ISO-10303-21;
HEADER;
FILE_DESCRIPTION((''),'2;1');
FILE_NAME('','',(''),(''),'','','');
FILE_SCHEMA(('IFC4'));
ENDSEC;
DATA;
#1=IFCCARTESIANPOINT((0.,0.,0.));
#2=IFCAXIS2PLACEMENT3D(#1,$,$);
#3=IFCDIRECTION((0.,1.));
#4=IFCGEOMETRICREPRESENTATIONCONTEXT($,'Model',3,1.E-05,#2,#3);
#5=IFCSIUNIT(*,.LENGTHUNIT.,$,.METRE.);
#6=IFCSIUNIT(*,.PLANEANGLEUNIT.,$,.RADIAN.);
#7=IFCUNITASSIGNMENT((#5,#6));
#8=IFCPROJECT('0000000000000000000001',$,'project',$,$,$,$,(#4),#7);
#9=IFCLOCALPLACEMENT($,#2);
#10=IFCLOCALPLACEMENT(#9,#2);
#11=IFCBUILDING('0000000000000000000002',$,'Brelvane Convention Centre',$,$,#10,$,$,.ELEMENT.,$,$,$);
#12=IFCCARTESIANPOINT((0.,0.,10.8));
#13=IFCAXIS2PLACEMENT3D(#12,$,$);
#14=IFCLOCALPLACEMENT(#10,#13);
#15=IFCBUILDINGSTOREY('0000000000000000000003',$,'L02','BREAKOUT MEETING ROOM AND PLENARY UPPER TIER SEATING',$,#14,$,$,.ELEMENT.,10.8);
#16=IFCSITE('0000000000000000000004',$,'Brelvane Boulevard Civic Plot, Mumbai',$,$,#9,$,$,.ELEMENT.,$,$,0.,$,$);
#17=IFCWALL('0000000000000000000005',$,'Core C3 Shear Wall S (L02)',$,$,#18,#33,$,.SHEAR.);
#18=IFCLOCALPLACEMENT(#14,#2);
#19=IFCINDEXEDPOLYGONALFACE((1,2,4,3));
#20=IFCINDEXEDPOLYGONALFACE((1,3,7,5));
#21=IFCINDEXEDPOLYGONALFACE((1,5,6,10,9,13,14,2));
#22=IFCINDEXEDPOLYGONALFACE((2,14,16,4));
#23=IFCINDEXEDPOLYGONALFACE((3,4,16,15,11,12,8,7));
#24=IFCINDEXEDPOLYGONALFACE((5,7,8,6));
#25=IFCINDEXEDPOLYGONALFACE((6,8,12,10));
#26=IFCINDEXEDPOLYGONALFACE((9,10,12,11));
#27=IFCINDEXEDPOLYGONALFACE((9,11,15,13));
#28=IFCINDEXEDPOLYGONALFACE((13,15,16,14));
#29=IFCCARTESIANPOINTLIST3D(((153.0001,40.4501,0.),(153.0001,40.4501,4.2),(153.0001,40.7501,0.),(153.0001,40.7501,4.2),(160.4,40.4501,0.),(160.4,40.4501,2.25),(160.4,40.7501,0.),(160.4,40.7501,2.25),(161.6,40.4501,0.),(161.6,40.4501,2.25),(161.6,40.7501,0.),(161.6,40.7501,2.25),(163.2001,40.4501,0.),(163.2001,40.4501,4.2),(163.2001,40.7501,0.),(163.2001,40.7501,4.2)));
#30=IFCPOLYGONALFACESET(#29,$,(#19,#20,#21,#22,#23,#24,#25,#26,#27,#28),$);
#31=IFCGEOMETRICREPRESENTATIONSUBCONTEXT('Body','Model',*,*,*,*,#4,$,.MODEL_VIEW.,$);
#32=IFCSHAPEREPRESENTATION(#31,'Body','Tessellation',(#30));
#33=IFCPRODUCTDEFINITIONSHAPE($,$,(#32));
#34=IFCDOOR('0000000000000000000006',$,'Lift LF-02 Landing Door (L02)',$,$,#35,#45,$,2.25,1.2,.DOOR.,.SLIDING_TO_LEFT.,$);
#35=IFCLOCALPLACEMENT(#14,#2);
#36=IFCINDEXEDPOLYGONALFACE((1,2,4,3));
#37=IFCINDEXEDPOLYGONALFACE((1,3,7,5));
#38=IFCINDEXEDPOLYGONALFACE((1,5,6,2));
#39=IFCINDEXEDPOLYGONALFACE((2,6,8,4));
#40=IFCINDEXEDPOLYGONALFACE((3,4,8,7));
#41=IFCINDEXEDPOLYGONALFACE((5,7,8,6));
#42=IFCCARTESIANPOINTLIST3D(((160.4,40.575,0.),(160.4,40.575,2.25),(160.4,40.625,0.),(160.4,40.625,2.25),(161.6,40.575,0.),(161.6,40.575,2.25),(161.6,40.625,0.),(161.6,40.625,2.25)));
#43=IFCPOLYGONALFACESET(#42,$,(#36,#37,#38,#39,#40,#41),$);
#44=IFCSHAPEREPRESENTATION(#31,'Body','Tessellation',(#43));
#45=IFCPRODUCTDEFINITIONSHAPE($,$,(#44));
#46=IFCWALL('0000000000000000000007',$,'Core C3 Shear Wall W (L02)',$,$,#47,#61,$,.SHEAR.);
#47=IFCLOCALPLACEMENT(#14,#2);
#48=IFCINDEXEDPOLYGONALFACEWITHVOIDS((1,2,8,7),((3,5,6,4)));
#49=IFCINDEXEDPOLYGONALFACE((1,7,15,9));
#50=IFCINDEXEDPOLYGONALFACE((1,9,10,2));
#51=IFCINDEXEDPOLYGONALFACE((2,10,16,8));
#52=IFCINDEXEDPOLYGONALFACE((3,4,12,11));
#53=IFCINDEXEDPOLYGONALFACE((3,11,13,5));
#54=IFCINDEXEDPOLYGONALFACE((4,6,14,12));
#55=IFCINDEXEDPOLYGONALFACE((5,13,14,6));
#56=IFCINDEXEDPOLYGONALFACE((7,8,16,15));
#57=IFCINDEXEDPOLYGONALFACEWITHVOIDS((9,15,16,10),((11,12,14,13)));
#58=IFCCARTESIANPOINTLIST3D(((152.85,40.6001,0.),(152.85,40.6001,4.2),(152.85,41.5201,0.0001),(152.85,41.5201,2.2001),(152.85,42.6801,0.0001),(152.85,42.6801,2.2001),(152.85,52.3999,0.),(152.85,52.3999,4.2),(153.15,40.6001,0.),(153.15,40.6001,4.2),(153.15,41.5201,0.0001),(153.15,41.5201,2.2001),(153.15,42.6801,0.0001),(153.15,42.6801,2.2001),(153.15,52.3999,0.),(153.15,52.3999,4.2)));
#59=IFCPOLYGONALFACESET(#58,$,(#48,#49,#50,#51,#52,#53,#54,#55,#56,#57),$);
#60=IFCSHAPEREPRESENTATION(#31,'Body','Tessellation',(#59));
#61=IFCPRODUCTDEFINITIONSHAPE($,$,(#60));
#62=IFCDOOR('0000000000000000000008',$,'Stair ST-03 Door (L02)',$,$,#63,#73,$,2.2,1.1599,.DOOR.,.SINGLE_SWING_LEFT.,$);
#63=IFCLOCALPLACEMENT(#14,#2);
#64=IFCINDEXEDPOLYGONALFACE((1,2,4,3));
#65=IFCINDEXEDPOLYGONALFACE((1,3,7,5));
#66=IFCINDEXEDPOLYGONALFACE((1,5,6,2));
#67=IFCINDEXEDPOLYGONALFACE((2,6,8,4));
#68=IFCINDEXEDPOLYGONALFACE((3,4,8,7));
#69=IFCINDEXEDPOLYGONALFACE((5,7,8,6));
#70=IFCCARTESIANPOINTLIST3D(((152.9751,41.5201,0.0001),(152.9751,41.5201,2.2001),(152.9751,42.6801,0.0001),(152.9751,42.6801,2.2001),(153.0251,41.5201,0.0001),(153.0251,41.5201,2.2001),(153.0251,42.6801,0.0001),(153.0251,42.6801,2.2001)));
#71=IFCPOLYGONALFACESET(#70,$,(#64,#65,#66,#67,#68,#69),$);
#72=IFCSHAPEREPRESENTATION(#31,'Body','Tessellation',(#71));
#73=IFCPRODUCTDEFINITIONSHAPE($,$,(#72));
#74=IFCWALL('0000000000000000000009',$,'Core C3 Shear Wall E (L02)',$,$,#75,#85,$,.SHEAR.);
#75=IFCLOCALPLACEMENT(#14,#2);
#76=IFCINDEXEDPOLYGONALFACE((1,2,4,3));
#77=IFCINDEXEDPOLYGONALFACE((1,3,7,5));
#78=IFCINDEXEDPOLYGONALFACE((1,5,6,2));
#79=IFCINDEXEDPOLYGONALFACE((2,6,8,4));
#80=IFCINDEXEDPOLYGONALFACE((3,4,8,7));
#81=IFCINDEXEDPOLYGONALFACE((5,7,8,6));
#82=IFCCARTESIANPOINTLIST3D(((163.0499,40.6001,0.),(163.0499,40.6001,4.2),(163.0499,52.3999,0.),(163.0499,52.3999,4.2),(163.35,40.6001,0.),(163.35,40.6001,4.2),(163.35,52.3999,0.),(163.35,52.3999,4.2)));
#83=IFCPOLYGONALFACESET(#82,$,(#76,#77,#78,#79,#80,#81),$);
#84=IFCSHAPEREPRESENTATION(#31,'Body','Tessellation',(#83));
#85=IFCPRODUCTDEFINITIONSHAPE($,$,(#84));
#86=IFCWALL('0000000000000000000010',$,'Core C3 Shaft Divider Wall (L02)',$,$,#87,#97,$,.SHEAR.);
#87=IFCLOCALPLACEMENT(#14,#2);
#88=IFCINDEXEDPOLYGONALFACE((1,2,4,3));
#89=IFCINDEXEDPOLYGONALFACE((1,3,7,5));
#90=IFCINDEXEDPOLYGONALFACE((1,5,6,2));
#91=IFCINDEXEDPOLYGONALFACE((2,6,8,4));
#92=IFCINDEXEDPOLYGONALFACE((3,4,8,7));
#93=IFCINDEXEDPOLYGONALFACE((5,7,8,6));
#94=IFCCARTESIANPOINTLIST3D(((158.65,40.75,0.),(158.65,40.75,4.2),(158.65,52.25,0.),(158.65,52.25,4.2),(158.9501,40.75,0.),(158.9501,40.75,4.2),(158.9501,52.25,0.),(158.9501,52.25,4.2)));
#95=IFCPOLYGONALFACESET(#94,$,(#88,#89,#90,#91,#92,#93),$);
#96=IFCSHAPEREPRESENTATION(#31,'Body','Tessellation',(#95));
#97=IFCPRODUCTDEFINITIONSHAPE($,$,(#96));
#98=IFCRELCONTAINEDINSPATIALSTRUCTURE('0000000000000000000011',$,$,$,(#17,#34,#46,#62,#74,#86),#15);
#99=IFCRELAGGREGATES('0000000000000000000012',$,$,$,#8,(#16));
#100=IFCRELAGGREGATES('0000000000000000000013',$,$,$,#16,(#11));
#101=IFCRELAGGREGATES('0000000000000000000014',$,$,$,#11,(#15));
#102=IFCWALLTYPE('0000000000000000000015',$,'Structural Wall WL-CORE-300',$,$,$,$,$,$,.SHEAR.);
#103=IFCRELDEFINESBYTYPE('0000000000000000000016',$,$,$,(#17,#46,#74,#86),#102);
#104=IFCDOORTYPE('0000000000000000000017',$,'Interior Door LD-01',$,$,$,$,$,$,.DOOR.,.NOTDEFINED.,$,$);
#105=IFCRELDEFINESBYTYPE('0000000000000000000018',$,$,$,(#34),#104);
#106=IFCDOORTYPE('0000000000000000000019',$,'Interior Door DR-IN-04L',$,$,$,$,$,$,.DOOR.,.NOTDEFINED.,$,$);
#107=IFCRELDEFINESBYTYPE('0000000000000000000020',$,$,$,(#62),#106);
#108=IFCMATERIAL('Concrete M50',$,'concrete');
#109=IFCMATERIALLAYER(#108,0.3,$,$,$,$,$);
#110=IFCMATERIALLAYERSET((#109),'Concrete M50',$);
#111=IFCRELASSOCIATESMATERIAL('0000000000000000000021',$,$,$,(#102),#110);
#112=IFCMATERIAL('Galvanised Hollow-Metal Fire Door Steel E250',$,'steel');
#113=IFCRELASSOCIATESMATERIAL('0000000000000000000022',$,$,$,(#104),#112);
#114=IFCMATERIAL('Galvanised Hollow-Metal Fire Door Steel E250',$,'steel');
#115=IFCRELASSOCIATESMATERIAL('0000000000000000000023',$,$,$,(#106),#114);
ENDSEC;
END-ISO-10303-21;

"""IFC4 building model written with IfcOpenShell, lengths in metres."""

from ifc_helpers import new_model, si_unit, direction, frame, frame_2d, origin, place, context, subcontext, project, spatial, rectangle, extrude, material, layer, layer_set, type_object, element, fill, save


model = new_model("IFC4")

# Units and contexts
model_context = context("Model", 3, precision=1e-05, world=origin(), true_north=direction((0.0, 1.0)))
body_context = subcontext(model_context, "Body", "Model", "MODEL_VIEW")
ifc_project = project(units=[si_unit("LENGTHUNIT", "METRE"), si_unit("PLANEANGLEUNIT", "RADIAN")], contexts=[model_context])

# Site, building, storey
site_placement = place(None, origin())
site = spatial("IfcSite", under=ifc_project, at=site_placement, Name="Brelvane Boulevard Civic Plot, Mumbai", CompositionType="ELEMENT", RefElevation=0.0)
building_placement = place(site_placement, origin())
building = spatial("IfcBuilding", under=site, at=building_placement, Name="Brelvane Convention Centre", CompositionType="ELEMENT")
storey_placement = place(building_placement, frame((0.0, 0.0, 10.8)))
storey = spatial("IfcBuildingStorey", under=building, at=storey_placement, Name="L02", Description="BREAKOUT MEETING ROOM AND PLENARY UPPER TIER SEATING", CompositionType="ELEMENT", Elevation=10.8)

# Walls, openings, doors
ifc_material_1 = material(Name="Concrete M50", Category="concrete")
ifc_layer_1 = layer(ifc_material_1, 0.3)
ifc_layer_set_1 = layer_set([ifc_layer_1], Name="Concrete M50")
wall_type_1 = type_object("IfcWallType", Name="Structural Wall WL-CORE-300", PredefinedType="SHEAR", material=ifc_layer_set_1)
wall_1_placement = place(storey_placement, frame((153.0, 40.6001, 0.0), z_axis=(0.0, 0.0, 1.0), x_axis=(1.0, 0.0, 0.0)))
wall_1 = element("IfcWall", 1, at=wall_1_placement, inside=storey, type_object=wall_type_1, Name="Core C3 Shear Wall S (L02)", PredefinedType="SHEAR", context=body_context, shape_type="SweptSolid", body=[
    extrude(rectangle(XDim=10.2, YDim=0.3, at=frame_2d((5.1001, 0.0))), origin(), (0.0, 0.0, 1.0), 4.2),
])
opening_1_placement = place(wall_1_placement, frame((7.3999, 0.0, 0.0)))
opening_1 = element("IfcOpeningElement", 2, at=opening_1_placement, cuts=wall_1, PredefinedType="OPENING", context=body_context, shape_type="SweptSolid", body=[
    extrude(rectangle(XDim=1.2, YDim=2.25, at=frame_2d((0.6001, 1.125))), frame((0.0, 0.1599, 0.0), z_axis=(0.0, -1.0, 0.0), x_axis=(1.0, 0.0, 0.0)), (0.0, 0.0, 1.0), 0.3201),
])
ifc_material_2 = material(Name="Galvanised Hollow-Metal Fire Door Steel E250", Category="steel")
door_type_1 = type_object("IfcDoorType", Name="Interior Door LD-01", OperationType="NOTDEFINED", PredefinedType="DOOR", material=ifc_material_2)
door_1_placement = place(opening_1_placement, origin())
door_1 = element("IfcDoor", 3, at=door_1_placement, inside=storey, type_object=door_type_1, Name="Lift LF-02 Landing Door (L02)", OperationType="SLIDING_TO_LEFT", OverallHeight=2.25, OverallWidth=1.2, PredefinedType="DOOR", context=body_context, shape_type="SweptSolid", body=[
    extrude(rectangle(XDim=1.2, YDim=2.25, at=frame_2d((0.6001, 1.125))), frame((0.0, 0.0249, 0.0), z_axis=(0.0, -1.0, 0.0), x_axis=(1.0, 0.0, 0.0)), (0.0, 0.0, 1.0), 0.05),
])
fill(opening_1, door_1)
wall_2_placement = place(storey_placement, frame((153.0, 40.6001, 0.0), z_axis=(0.0, 0.0, 1.0), x_axis=(0.0, 1.0, 0.0)))
wall_2 = element("IfcWall", 4, at=wall_2_placement, inside=storey, type_object=wall_type_1, Name="Core C3 Shear Wall W (L02)", PredefinedType="SHEAR", context=body_context, shape_type="SweptSolid", body=[
    extrude(rectangle(XDim=11.7998, YDim=0.3, at=frame_2d((5.8999, 0.0))), origin(), (0.0, 0.0, 1.0), 4.2),
])
opening_2_placement = place(wall_2_placement, frame((0.9199, 0.0, 0.0)))
opening_2 = element("IfcOpeningElement", 5, at=opening_2_placement, cuts=wall_2, PredefinedType="OPENING", context=body_context, shape_type="SweptSolid", body=[
    extrude(rectangle(XDim=1.1599, YDim=2.2, at=frame_2d((0.5801, 1.1001))), frame((0.0, 0.1599, 0.0), z_axis=(0.0, -1.0, 0.0), x_axis=(1.0, 0.0, 0.0)), (0.0, 0.0, 1.0), 0.3201),
])
ifc_material_3 = material(Name="Galvanised Hollow-Metal Fire Door Steel E250", Category="steel")
door_type_2 = type_object("IfcDoorType", Name="Interior Door DR-IN-04L", OperationType="NOTDEFINED", PredefinedType="DOOR", material=ifc_material_3)
door_2_placement = place(opening_2_placement, origin())
door_2 = element("IfcDoor", 6, at=door_2_placement, inside=storey, type_object=door_type_2, Name="Stair ST-03 Door (L02)", OperationType="SINGLE_SWING_LEFT", OverallHeight=2.2, OverallWidth=1.1599, PredefinedType="DOOR", context=body_context, shape_type="SweptSolid", body=[
    extrude(rectangle(XDim=1.1599, YDim=2.2, at=frame_2d((0.5801, 1.1001))), frame((0.0, 0.0249, 0.0), z_axis=(0.0, -1.0, 0.0), x_axis=(1.0, 0.0, 0.0)), (0.0, 0.0, 1.0), 0.05),
])
fill(opening_2, door_2)

# Walls
wall_3_placement = place(storey_placement, frame((163.2, 40.6001, 0.0), z_axis=(0.0, 0.0, 1.0), x_axis=(0.0, 1.0, 0.0)))
element("IfcWall", 7, at=wall_3_placement, inside=storey, type_object=wall_type_1, Name="Core C3 Shear Wall E (L02)", PredefinedType="SHEAR", context=body_context, shape_type="SweptSolid", body=[
    extrude(rectangle(XDim=11.7998, YDim=0.3, at=frame_2d((5.8999, 0.0))), origin(), (0.0, 0.0, 1.0), 4.2),
])
wall_4_placement = place(storey_placement, frame((158.8, 40.75, 0.0), z_axis=(0.0, 0.0, 1.0), x_axis=(0.0, 1.0, 0.0)))
element("IfcWall", 8, at=wall_4_placement, inside=storey, type_object=wall_type_1, Name="Core C3 Shaft Divider Wall (L02)", PredefinedType="SHEAR", context=body_context, shape_type="SweptSolid", body=[
    extrude(rectangle(XDim=11.5, YDim=0.3, at=frame_2d((5.75, 0.0))), origin(), (0.0, 0.0, 1.0), 4.2),
])

save(model, "model.ifc")
